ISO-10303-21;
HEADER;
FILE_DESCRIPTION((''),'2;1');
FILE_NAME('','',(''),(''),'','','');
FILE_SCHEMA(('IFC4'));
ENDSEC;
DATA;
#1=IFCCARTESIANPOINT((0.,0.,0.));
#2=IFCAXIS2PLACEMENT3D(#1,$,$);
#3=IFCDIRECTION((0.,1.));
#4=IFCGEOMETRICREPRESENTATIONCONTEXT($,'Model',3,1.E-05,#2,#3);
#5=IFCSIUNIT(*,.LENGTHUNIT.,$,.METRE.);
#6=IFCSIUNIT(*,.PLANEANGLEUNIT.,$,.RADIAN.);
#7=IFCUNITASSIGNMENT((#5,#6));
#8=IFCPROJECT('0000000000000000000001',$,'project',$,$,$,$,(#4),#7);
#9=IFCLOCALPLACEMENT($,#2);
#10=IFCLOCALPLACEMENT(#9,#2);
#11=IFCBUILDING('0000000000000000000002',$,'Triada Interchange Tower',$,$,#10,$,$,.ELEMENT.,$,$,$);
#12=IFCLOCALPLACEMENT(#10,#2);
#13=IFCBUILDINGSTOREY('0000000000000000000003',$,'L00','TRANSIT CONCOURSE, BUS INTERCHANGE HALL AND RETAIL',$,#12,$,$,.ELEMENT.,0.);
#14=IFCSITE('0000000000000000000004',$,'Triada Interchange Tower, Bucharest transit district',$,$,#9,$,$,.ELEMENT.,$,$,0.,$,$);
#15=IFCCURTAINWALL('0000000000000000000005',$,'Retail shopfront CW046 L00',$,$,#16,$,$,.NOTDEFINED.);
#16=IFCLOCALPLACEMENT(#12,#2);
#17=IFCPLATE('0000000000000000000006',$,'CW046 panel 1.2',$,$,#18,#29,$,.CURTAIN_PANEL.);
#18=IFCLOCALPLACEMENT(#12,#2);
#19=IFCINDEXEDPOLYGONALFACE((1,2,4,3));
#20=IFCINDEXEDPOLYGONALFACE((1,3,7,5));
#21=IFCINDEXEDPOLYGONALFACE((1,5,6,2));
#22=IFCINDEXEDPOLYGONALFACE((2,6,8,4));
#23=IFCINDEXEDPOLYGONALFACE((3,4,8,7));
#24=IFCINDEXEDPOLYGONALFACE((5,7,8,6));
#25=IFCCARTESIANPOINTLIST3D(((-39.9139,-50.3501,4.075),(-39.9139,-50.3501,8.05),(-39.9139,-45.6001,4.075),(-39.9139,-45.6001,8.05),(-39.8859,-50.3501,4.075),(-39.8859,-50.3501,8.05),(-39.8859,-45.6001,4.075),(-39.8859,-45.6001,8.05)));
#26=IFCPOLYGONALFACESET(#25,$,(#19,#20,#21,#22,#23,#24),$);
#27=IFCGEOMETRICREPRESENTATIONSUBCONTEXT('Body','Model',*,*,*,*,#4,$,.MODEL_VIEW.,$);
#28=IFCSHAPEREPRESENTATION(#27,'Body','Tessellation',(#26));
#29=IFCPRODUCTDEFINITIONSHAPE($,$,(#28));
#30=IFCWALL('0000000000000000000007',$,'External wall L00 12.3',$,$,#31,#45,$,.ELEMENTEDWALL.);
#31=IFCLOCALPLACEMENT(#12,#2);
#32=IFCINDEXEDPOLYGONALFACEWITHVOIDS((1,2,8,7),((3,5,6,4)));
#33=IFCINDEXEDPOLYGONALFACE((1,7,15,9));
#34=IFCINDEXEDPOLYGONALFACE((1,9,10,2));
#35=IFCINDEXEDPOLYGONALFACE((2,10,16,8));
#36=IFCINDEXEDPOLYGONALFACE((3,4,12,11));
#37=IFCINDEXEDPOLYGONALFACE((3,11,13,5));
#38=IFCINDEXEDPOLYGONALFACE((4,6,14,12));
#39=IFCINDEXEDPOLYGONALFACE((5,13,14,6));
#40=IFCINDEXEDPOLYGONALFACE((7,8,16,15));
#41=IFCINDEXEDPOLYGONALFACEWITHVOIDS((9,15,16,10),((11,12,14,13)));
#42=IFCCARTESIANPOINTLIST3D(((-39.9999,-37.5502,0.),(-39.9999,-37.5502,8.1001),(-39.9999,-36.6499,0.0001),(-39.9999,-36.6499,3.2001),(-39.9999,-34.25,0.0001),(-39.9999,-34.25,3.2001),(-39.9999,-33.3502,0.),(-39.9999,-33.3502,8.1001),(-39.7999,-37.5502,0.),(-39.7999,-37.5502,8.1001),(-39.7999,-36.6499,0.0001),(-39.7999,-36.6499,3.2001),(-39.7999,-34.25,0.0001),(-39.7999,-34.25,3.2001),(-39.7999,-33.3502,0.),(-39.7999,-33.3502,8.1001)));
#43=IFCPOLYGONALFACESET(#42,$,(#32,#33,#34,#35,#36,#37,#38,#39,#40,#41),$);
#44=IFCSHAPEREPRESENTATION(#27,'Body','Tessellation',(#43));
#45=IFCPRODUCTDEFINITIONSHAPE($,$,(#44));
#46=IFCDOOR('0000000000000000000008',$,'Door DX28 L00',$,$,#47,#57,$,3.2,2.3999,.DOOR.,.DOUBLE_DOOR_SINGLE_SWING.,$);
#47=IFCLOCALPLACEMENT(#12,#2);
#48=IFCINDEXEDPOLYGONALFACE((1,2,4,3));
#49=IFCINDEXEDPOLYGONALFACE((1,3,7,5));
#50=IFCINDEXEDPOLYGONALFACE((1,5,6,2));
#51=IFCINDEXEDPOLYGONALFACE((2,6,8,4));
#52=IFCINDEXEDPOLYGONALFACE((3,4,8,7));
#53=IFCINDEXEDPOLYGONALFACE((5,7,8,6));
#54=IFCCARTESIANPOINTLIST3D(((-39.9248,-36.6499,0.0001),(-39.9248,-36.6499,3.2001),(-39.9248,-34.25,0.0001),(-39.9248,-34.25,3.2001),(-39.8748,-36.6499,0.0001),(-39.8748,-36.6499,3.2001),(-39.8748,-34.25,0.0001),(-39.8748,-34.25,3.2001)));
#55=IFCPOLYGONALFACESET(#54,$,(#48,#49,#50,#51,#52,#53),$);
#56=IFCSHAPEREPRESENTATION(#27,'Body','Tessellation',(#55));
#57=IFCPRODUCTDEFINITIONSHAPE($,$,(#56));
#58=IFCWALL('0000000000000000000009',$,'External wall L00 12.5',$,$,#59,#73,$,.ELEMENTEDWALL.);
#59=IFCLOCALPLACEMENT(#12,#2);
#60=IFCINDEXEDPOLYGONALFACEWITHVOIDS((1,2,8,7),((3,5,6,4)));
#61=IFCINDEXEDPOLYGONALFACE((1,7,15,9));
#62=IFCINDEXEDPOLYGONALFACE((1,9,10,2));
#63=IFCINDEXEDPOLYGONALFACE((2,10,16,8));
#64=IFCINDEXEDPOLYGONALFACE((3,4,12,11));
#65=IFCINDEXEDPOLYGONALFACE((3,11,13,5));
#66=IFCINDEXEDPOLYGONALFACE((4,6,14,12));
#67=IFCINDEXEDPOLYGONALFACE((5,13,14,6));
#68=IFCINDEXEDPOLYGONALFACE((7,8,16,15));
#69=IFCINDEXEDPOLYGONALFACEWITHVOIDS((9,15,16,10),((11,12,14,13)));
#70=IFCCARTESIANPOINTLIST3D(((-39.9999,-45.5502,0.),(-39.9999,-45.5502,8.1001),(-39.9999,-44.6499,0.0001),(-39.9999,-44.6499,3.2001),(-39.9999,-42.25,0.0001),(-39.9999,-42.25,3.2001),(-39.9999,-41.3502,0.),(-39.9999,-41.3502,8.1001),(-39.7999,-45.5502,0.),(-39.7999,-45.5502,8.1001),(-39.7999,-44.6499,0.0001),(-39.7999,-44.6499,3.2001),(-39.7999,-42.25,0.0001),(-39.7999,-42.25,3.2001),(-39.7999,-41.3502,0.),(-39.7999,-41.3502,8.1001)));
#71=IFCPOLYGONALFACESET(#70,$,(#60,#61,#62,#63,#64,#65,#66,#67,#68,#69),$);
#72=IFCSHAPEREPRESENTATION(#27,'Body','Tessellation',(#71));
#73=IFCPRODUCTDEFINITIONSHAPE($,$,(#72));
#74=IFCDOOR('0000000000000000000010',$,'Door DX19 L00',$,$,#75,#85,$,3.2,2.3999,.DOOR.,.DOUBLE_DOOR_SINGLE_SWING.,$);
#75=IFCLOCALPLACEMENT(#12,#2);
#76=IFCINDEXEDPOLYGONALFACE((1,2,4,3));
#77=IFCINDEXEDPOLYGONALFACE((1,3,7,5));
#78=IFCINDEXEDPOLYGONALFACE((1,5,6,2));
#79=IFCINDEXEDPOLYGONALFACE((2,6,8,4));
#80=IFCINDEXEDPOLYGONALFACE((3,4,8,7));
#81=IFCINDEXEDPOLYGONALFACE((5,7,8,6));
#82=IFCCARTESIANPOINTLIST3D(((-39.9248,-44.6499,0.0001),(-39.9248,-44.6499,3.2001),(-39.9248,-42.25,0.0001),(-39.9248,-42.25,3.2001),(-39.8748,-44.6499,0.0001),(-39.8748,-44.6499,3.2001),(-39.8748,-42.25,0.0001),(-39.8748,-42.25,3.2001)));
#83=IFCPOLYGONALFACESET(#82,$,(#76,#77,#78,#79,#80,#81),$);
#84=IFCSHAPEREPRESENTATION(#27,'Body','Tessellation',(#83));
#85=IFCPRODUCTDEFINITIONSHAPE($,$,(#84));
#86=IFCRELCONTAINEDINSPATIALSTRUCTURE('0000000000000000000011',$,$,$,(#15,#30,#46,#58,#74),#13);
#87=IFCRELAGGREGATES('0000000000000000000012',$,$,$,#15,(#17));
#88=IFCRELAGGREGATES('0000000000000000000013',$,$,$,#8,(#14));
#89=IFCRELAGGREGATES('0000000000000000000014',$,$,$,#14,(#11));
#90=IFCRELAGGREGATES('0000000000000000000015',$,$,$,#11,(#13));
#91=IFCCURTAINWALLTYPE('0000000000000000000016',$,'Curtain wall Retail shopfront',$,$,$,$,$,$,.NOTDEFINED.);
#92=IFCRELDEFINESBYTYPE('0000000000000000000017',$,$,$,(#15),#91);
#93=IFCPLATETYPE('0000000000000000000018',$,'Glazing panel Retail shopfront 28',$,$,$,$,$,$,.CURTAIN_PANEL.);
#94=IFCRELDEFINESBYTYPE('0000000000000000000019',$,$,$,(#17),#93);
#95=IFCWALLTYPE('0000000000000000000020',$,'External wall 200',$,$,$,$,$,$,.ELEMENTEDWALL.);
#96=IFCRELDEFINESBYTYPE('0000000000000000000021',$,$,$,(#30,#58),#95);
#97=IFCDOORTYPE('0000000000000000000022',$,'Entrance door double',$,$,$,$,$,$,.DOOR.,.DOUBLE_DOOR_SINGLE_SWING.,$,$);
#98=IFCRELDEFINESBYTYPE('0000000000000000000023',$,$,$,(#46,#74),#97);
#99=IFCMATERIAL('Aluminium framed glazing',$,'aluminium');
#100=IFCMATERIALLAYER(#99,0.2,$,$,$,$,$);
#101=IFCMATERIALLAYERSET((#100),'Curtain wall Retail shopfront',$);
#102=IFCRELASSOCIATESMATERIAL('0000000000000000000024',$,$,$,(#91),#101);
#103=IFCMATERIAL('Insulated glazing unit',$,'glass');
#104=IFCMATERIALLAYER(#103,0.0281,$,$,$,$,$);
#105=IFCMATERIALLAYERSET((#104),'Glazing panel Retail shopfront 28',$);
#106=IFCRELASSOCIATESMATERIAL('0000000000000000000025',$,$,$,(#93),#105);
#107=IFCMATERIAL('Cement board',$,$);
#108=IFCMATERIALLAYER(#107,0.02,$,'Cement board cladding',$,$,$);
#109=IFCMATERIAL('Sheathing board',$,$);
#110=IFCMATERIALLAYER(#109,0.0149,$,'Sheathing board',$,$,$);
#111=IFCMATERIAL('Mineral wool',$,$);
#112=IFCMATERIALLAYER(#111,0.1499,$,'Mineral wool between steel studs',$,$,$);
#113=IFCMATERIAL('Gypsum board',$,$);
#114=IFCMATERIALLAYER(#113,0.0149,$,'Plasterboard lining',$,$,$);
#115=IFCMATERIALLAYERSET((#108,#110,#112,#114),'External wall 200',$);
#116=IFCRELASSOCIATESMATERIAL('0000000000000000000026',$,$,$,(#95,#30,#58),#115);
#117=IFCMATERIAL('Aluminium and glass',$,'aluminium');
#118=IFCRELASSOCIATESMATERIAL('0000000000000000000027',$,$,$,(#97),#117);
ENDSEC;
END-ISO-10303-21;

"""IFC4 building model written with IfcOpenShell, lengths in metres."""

from ifc_helpers import new_model, si_unit, direction, frame, frame_2d, origin, origin_2d, place, context, subcontext, project, spatial, rectangle, extrude, material, layer, layer_set, layer_usage, type_object, element, fill, aggregate, save


model = new_model("IFC4")

# Units and contexts
model_context = context("Model", 3, precision=1e-05, world=origin(), true_north=direction((0.0, 1.0)))
body_context = subcontext(model_context, "Body", "Model", "MODEL_VIEW")
ifc_project = project(units=[si_unit("LENGTHUNIT", "METRE"), si_unit("PLANEANGLEUNIT", "RADIAN")], contexts=[model_context])

# Site, building, storey
site_placement = place(None, origin())
site = spatial("IfcSite", under=ifc_project, at=site_placement, Name="Triada Interchange Tower, Bucharest transit district", CompositionType="ELEMENT", RefElevation=0.0)
building_placement = place(site_placement, origin())
building = spatial("IfcBuilding", under=site, at=building_placement, Name="Triada Interchange Tower", CompositionType="ELEMENT")
storey_placement = place(building_placement, origin())
storey = spatial("IfcBuildingStorey", under=building, at=storey_placement, Name="L00", Description="TRANSIT CONCOURSE, BUS INTERCHANGE HALL AND RETAIL", CompositionType="ELEMENT", Elevation=0.0)

# Shared definitions
ifc_material_1 = material(Name="Aluminium framed glazing", Category="aluminium")
ifc_layer_1 = layer(ifc_material_1, 0.2)
ifc_layer_set_1 = layer_set([ifc_layer_1], Name="Curtain wall Retail shopfront")
curtain_wall_type = type_object("IfcCurtainWallType", Name="Curtain wall Retail shopfront", PredefinedType="NOTDEFINED", material=ifc_layer_set_1)

# Curtain wall
curtain_wall_1_placement = place(storey_placement, origin())
curtain_wall_1 = element("IfcCurtainWall", 1, at=curtain_wall_1_placement, inside=storey, type_object=curtain_wall_type, Name="Retail shopfront CW046 L00", PredefinedType="NOTDEFINED")

# Plate
ifc_material_2 = material(Name="Insulated glazing unit", Category="glass")
ifc_layer_2 = layer(ifc_material_2, 0.0281)
ifc_layer_set_2 = layer_set([ifc_layer_2], Name="Glazing panel Retail shopfront 28")
plate_type = type_object("IfcPlateType", Name="Glazing panel Retail shopfront 28", PredefinedType="CURTAIN_PANEL", material=ifc_layer_set_2)
plate_1_placement = place(storey_placement, frame((-39.8999, -47.9751, 4.075), z_axis=(0.0, 0.0, 1.0), x_axis=(0.0, -1.0, 0.0)))
plate_1 = element("IfcPlate", 2, at=plate_1_placement, type_object=plate_type, Name="CW046 panel 1.2", PredefinedType="CURTAIN_PANEL", context=body_context, shape_type="SweptSolid", body=[
    extrude(rectangle(XDim=4.75, YDim=0.0281, at=origin_2d()), origin(), (0.0, 0.0, 1.0), 3.9751),
])
aggregate(curtain_wall_1, [plate_1])

# Walls, openings, doors
ifc_material_3 = material(Name="Cement board")
ifc_layer_3 = layer(ifc_material_3, 0.02, Name="Cement board cladding")
ifc_material_4 = material(Name="Sheathing board")
ifc_layer_4 = layer(ifc_material_4, 0.0149, Name="Sheathing board")
ifc_material_5 = material(Name="Mineral wool")
ifc_layer_5 = layer(ifc_material_5, 0.1499, Name="Mineral wool between steel studs")
ifc_material_6 = material(Name="Gypsum board")
ifc_layer_6 = layer(ifc_material_6, 0.0149, Name="Plasterboard lining")
ifc_layer_set_3 = layer_set([ifc_layer_3, ifc_layer_4, ifc_layer_5, ifc_layer_6], Name="External wall 200")
ifc_layer_usage = layer_usage(ifc_layer_set_3, "AXIS2", "POSITIVE", -0.1001)
wall_type = type_object("IfcWallType", Name="External wall 200", PredefinedType="ELEMENTEDWALL", material=ifc_layer_set_3)
wall_1_placement = place(storey_placement, frame((-39.8999, -33.3501, 0.0), z_axis=(0.0, 0.0, 1.0), x_axis=(0.0, -1.0, 0.0)))
wall_1 = element("IfcWall", 3, at=wall_1_placement, inside=storey, type_object=wall_type, material=ifc_layer_usage, Name="External wall L00 12.3", PredefinedType="ELEMENTEDWALL", context=body_context, shape_type="SweptSolid", body=[
    extrude(rectangle(XDim=4.2, YDim=0.2, at=frame_2d((2.1001, 0.0))), origin(), (0.0, 0.0, 1.0), 8.1001),
])
opening_1_placement = place(wall_1_placement, frame((0.8999, 0.0, 0.0)))
opening_1 = element("IfcOpeningElement", 4, at=opening_1_placement, cuts=wall_1, PredefinedType="OPENING", context=body_context, shape_type="SweptSolid", body=[
    extrude(rectangle(XDim=2.3999, YDim=3.2, at=frame_2d((1.2, 1.6001))), frame((0.0, 0.1099, 0.0), z_axis=(0.0, -1.0, 0.0), x_axis=(1.0, 0.0, 0.0)), (0.0, 0.0, 1.0), 0.22),
])
ifc_material_7 = material(Name="Aluminium and glass", Category="aluminium")
door_type = type_object("IfcDoorType", Name="Entrance door double", OperationType="DOUBLE_DOOR_SINGLE_SWING", PredefinedType="DOOR", material=ifc_material_7)
door_1_placement = place(opening_1_placement, frame((2.3999, 0.0, 0.0), z_axis=(0.0, 0.0, 1.0), x_axis=(-1.0, 0.0, 0.0)))
door_1 = element("IfcDoor", 5, at=door_1_placement, inside=storey, type_object=door_type, Name="Door DX28 L00", OperationType="DOUBLE_DOOR_SINGLE_SWING", OverallHeight=3.2, OverallWidth=2.3999, PredefinedType="DOOR", context=body_context, shape_type="SweptSolid", body=[
    extrude(rectangle(XDim=2.3999, YDim=3.2, at=frame_2d((1.2, 1.6001))), frame((0.0, 0.0249, 0.0), z_axis=(0.0, -1.0, 0.0), x_axis=(1.0, 0.0, 0.0)), (0.0, 0.0, 1.0), 0.05),
])
fill(opening_1, door_1)
wall_2_placement = place(storey_placement, frame((-39.8999, -41.3501, 0.0), z_axis=(0.0, 0.0, 1.0), x_axis=(0.0, -1.0, 0.0)))
wall_2 = element("IfcWall", 6, at=wall_2_placement, inside=storey, type_object=wall_type, material=ifc_layer_usage, Name="External wall L00 12.5", PredefinedType="ELEMENTEDWALL", context=body_context, shape_type="SweptSolid", body=[
    extrude(rectangle(XDim=4.2, YDim=0.2, at=frame_2d((2.1001, 0.0))), origin(), (0.0, 0.0, 1.0), 8.1001),
])
opening_2_placement = place(wall_2_placement, frame((0.8999, 0.0, 0.0)))
opening_2 = element("IfcOpeningElement", 7, at=opening_2_placement, cuts=wall_2, PredefinedType="OPENING", context=body_context, shape_type="SweptSolid", body=[
    extrude(rectangle(XDim=2.3999, YDim=3.2, at=frame_2d((1.2, 1.6001))), frame((0.0, 0.1099, 0.0), z_axis=(0.0, -1.0, 0.0), x_axis=(1.0, 0.0, 0.0)), (0.0, 0.0, 1.0), 0.22),
])
door_2_placement = place(opening_2_placement, frame((2.3999, 0.0, 0.0), z_axis=(0.0, 0.0, 1.0), x_axis=(-1.0, 0.0, 0.0)))
door_2 = element("IfcDoor", 8, at=door_2_placement, inside=storey, type_object=door_type, Name="Door DX19 L00", OperationType="DOUBLE_DOOR_SINGLE_SWING", OverallHeight=3.2, OverallWidth=2.3999, PredefinedType="DOOR", context=body_context, shape_type="SweptSolid", body=[
    extrude(rectangle(XDim=2.3999, YDim=3.2, at=frame_2d((1.2, 1.6001))), frame((0.0, 0.0249, 0.0), z_axis=(0.0, -1.0, 0.0), x_axis=(1.0, 0.0, 0.0)), (0.0, 0.0, 1.0), 0.05),
])
fill(opening_2, door_2)

save(model, "model.ifc")
